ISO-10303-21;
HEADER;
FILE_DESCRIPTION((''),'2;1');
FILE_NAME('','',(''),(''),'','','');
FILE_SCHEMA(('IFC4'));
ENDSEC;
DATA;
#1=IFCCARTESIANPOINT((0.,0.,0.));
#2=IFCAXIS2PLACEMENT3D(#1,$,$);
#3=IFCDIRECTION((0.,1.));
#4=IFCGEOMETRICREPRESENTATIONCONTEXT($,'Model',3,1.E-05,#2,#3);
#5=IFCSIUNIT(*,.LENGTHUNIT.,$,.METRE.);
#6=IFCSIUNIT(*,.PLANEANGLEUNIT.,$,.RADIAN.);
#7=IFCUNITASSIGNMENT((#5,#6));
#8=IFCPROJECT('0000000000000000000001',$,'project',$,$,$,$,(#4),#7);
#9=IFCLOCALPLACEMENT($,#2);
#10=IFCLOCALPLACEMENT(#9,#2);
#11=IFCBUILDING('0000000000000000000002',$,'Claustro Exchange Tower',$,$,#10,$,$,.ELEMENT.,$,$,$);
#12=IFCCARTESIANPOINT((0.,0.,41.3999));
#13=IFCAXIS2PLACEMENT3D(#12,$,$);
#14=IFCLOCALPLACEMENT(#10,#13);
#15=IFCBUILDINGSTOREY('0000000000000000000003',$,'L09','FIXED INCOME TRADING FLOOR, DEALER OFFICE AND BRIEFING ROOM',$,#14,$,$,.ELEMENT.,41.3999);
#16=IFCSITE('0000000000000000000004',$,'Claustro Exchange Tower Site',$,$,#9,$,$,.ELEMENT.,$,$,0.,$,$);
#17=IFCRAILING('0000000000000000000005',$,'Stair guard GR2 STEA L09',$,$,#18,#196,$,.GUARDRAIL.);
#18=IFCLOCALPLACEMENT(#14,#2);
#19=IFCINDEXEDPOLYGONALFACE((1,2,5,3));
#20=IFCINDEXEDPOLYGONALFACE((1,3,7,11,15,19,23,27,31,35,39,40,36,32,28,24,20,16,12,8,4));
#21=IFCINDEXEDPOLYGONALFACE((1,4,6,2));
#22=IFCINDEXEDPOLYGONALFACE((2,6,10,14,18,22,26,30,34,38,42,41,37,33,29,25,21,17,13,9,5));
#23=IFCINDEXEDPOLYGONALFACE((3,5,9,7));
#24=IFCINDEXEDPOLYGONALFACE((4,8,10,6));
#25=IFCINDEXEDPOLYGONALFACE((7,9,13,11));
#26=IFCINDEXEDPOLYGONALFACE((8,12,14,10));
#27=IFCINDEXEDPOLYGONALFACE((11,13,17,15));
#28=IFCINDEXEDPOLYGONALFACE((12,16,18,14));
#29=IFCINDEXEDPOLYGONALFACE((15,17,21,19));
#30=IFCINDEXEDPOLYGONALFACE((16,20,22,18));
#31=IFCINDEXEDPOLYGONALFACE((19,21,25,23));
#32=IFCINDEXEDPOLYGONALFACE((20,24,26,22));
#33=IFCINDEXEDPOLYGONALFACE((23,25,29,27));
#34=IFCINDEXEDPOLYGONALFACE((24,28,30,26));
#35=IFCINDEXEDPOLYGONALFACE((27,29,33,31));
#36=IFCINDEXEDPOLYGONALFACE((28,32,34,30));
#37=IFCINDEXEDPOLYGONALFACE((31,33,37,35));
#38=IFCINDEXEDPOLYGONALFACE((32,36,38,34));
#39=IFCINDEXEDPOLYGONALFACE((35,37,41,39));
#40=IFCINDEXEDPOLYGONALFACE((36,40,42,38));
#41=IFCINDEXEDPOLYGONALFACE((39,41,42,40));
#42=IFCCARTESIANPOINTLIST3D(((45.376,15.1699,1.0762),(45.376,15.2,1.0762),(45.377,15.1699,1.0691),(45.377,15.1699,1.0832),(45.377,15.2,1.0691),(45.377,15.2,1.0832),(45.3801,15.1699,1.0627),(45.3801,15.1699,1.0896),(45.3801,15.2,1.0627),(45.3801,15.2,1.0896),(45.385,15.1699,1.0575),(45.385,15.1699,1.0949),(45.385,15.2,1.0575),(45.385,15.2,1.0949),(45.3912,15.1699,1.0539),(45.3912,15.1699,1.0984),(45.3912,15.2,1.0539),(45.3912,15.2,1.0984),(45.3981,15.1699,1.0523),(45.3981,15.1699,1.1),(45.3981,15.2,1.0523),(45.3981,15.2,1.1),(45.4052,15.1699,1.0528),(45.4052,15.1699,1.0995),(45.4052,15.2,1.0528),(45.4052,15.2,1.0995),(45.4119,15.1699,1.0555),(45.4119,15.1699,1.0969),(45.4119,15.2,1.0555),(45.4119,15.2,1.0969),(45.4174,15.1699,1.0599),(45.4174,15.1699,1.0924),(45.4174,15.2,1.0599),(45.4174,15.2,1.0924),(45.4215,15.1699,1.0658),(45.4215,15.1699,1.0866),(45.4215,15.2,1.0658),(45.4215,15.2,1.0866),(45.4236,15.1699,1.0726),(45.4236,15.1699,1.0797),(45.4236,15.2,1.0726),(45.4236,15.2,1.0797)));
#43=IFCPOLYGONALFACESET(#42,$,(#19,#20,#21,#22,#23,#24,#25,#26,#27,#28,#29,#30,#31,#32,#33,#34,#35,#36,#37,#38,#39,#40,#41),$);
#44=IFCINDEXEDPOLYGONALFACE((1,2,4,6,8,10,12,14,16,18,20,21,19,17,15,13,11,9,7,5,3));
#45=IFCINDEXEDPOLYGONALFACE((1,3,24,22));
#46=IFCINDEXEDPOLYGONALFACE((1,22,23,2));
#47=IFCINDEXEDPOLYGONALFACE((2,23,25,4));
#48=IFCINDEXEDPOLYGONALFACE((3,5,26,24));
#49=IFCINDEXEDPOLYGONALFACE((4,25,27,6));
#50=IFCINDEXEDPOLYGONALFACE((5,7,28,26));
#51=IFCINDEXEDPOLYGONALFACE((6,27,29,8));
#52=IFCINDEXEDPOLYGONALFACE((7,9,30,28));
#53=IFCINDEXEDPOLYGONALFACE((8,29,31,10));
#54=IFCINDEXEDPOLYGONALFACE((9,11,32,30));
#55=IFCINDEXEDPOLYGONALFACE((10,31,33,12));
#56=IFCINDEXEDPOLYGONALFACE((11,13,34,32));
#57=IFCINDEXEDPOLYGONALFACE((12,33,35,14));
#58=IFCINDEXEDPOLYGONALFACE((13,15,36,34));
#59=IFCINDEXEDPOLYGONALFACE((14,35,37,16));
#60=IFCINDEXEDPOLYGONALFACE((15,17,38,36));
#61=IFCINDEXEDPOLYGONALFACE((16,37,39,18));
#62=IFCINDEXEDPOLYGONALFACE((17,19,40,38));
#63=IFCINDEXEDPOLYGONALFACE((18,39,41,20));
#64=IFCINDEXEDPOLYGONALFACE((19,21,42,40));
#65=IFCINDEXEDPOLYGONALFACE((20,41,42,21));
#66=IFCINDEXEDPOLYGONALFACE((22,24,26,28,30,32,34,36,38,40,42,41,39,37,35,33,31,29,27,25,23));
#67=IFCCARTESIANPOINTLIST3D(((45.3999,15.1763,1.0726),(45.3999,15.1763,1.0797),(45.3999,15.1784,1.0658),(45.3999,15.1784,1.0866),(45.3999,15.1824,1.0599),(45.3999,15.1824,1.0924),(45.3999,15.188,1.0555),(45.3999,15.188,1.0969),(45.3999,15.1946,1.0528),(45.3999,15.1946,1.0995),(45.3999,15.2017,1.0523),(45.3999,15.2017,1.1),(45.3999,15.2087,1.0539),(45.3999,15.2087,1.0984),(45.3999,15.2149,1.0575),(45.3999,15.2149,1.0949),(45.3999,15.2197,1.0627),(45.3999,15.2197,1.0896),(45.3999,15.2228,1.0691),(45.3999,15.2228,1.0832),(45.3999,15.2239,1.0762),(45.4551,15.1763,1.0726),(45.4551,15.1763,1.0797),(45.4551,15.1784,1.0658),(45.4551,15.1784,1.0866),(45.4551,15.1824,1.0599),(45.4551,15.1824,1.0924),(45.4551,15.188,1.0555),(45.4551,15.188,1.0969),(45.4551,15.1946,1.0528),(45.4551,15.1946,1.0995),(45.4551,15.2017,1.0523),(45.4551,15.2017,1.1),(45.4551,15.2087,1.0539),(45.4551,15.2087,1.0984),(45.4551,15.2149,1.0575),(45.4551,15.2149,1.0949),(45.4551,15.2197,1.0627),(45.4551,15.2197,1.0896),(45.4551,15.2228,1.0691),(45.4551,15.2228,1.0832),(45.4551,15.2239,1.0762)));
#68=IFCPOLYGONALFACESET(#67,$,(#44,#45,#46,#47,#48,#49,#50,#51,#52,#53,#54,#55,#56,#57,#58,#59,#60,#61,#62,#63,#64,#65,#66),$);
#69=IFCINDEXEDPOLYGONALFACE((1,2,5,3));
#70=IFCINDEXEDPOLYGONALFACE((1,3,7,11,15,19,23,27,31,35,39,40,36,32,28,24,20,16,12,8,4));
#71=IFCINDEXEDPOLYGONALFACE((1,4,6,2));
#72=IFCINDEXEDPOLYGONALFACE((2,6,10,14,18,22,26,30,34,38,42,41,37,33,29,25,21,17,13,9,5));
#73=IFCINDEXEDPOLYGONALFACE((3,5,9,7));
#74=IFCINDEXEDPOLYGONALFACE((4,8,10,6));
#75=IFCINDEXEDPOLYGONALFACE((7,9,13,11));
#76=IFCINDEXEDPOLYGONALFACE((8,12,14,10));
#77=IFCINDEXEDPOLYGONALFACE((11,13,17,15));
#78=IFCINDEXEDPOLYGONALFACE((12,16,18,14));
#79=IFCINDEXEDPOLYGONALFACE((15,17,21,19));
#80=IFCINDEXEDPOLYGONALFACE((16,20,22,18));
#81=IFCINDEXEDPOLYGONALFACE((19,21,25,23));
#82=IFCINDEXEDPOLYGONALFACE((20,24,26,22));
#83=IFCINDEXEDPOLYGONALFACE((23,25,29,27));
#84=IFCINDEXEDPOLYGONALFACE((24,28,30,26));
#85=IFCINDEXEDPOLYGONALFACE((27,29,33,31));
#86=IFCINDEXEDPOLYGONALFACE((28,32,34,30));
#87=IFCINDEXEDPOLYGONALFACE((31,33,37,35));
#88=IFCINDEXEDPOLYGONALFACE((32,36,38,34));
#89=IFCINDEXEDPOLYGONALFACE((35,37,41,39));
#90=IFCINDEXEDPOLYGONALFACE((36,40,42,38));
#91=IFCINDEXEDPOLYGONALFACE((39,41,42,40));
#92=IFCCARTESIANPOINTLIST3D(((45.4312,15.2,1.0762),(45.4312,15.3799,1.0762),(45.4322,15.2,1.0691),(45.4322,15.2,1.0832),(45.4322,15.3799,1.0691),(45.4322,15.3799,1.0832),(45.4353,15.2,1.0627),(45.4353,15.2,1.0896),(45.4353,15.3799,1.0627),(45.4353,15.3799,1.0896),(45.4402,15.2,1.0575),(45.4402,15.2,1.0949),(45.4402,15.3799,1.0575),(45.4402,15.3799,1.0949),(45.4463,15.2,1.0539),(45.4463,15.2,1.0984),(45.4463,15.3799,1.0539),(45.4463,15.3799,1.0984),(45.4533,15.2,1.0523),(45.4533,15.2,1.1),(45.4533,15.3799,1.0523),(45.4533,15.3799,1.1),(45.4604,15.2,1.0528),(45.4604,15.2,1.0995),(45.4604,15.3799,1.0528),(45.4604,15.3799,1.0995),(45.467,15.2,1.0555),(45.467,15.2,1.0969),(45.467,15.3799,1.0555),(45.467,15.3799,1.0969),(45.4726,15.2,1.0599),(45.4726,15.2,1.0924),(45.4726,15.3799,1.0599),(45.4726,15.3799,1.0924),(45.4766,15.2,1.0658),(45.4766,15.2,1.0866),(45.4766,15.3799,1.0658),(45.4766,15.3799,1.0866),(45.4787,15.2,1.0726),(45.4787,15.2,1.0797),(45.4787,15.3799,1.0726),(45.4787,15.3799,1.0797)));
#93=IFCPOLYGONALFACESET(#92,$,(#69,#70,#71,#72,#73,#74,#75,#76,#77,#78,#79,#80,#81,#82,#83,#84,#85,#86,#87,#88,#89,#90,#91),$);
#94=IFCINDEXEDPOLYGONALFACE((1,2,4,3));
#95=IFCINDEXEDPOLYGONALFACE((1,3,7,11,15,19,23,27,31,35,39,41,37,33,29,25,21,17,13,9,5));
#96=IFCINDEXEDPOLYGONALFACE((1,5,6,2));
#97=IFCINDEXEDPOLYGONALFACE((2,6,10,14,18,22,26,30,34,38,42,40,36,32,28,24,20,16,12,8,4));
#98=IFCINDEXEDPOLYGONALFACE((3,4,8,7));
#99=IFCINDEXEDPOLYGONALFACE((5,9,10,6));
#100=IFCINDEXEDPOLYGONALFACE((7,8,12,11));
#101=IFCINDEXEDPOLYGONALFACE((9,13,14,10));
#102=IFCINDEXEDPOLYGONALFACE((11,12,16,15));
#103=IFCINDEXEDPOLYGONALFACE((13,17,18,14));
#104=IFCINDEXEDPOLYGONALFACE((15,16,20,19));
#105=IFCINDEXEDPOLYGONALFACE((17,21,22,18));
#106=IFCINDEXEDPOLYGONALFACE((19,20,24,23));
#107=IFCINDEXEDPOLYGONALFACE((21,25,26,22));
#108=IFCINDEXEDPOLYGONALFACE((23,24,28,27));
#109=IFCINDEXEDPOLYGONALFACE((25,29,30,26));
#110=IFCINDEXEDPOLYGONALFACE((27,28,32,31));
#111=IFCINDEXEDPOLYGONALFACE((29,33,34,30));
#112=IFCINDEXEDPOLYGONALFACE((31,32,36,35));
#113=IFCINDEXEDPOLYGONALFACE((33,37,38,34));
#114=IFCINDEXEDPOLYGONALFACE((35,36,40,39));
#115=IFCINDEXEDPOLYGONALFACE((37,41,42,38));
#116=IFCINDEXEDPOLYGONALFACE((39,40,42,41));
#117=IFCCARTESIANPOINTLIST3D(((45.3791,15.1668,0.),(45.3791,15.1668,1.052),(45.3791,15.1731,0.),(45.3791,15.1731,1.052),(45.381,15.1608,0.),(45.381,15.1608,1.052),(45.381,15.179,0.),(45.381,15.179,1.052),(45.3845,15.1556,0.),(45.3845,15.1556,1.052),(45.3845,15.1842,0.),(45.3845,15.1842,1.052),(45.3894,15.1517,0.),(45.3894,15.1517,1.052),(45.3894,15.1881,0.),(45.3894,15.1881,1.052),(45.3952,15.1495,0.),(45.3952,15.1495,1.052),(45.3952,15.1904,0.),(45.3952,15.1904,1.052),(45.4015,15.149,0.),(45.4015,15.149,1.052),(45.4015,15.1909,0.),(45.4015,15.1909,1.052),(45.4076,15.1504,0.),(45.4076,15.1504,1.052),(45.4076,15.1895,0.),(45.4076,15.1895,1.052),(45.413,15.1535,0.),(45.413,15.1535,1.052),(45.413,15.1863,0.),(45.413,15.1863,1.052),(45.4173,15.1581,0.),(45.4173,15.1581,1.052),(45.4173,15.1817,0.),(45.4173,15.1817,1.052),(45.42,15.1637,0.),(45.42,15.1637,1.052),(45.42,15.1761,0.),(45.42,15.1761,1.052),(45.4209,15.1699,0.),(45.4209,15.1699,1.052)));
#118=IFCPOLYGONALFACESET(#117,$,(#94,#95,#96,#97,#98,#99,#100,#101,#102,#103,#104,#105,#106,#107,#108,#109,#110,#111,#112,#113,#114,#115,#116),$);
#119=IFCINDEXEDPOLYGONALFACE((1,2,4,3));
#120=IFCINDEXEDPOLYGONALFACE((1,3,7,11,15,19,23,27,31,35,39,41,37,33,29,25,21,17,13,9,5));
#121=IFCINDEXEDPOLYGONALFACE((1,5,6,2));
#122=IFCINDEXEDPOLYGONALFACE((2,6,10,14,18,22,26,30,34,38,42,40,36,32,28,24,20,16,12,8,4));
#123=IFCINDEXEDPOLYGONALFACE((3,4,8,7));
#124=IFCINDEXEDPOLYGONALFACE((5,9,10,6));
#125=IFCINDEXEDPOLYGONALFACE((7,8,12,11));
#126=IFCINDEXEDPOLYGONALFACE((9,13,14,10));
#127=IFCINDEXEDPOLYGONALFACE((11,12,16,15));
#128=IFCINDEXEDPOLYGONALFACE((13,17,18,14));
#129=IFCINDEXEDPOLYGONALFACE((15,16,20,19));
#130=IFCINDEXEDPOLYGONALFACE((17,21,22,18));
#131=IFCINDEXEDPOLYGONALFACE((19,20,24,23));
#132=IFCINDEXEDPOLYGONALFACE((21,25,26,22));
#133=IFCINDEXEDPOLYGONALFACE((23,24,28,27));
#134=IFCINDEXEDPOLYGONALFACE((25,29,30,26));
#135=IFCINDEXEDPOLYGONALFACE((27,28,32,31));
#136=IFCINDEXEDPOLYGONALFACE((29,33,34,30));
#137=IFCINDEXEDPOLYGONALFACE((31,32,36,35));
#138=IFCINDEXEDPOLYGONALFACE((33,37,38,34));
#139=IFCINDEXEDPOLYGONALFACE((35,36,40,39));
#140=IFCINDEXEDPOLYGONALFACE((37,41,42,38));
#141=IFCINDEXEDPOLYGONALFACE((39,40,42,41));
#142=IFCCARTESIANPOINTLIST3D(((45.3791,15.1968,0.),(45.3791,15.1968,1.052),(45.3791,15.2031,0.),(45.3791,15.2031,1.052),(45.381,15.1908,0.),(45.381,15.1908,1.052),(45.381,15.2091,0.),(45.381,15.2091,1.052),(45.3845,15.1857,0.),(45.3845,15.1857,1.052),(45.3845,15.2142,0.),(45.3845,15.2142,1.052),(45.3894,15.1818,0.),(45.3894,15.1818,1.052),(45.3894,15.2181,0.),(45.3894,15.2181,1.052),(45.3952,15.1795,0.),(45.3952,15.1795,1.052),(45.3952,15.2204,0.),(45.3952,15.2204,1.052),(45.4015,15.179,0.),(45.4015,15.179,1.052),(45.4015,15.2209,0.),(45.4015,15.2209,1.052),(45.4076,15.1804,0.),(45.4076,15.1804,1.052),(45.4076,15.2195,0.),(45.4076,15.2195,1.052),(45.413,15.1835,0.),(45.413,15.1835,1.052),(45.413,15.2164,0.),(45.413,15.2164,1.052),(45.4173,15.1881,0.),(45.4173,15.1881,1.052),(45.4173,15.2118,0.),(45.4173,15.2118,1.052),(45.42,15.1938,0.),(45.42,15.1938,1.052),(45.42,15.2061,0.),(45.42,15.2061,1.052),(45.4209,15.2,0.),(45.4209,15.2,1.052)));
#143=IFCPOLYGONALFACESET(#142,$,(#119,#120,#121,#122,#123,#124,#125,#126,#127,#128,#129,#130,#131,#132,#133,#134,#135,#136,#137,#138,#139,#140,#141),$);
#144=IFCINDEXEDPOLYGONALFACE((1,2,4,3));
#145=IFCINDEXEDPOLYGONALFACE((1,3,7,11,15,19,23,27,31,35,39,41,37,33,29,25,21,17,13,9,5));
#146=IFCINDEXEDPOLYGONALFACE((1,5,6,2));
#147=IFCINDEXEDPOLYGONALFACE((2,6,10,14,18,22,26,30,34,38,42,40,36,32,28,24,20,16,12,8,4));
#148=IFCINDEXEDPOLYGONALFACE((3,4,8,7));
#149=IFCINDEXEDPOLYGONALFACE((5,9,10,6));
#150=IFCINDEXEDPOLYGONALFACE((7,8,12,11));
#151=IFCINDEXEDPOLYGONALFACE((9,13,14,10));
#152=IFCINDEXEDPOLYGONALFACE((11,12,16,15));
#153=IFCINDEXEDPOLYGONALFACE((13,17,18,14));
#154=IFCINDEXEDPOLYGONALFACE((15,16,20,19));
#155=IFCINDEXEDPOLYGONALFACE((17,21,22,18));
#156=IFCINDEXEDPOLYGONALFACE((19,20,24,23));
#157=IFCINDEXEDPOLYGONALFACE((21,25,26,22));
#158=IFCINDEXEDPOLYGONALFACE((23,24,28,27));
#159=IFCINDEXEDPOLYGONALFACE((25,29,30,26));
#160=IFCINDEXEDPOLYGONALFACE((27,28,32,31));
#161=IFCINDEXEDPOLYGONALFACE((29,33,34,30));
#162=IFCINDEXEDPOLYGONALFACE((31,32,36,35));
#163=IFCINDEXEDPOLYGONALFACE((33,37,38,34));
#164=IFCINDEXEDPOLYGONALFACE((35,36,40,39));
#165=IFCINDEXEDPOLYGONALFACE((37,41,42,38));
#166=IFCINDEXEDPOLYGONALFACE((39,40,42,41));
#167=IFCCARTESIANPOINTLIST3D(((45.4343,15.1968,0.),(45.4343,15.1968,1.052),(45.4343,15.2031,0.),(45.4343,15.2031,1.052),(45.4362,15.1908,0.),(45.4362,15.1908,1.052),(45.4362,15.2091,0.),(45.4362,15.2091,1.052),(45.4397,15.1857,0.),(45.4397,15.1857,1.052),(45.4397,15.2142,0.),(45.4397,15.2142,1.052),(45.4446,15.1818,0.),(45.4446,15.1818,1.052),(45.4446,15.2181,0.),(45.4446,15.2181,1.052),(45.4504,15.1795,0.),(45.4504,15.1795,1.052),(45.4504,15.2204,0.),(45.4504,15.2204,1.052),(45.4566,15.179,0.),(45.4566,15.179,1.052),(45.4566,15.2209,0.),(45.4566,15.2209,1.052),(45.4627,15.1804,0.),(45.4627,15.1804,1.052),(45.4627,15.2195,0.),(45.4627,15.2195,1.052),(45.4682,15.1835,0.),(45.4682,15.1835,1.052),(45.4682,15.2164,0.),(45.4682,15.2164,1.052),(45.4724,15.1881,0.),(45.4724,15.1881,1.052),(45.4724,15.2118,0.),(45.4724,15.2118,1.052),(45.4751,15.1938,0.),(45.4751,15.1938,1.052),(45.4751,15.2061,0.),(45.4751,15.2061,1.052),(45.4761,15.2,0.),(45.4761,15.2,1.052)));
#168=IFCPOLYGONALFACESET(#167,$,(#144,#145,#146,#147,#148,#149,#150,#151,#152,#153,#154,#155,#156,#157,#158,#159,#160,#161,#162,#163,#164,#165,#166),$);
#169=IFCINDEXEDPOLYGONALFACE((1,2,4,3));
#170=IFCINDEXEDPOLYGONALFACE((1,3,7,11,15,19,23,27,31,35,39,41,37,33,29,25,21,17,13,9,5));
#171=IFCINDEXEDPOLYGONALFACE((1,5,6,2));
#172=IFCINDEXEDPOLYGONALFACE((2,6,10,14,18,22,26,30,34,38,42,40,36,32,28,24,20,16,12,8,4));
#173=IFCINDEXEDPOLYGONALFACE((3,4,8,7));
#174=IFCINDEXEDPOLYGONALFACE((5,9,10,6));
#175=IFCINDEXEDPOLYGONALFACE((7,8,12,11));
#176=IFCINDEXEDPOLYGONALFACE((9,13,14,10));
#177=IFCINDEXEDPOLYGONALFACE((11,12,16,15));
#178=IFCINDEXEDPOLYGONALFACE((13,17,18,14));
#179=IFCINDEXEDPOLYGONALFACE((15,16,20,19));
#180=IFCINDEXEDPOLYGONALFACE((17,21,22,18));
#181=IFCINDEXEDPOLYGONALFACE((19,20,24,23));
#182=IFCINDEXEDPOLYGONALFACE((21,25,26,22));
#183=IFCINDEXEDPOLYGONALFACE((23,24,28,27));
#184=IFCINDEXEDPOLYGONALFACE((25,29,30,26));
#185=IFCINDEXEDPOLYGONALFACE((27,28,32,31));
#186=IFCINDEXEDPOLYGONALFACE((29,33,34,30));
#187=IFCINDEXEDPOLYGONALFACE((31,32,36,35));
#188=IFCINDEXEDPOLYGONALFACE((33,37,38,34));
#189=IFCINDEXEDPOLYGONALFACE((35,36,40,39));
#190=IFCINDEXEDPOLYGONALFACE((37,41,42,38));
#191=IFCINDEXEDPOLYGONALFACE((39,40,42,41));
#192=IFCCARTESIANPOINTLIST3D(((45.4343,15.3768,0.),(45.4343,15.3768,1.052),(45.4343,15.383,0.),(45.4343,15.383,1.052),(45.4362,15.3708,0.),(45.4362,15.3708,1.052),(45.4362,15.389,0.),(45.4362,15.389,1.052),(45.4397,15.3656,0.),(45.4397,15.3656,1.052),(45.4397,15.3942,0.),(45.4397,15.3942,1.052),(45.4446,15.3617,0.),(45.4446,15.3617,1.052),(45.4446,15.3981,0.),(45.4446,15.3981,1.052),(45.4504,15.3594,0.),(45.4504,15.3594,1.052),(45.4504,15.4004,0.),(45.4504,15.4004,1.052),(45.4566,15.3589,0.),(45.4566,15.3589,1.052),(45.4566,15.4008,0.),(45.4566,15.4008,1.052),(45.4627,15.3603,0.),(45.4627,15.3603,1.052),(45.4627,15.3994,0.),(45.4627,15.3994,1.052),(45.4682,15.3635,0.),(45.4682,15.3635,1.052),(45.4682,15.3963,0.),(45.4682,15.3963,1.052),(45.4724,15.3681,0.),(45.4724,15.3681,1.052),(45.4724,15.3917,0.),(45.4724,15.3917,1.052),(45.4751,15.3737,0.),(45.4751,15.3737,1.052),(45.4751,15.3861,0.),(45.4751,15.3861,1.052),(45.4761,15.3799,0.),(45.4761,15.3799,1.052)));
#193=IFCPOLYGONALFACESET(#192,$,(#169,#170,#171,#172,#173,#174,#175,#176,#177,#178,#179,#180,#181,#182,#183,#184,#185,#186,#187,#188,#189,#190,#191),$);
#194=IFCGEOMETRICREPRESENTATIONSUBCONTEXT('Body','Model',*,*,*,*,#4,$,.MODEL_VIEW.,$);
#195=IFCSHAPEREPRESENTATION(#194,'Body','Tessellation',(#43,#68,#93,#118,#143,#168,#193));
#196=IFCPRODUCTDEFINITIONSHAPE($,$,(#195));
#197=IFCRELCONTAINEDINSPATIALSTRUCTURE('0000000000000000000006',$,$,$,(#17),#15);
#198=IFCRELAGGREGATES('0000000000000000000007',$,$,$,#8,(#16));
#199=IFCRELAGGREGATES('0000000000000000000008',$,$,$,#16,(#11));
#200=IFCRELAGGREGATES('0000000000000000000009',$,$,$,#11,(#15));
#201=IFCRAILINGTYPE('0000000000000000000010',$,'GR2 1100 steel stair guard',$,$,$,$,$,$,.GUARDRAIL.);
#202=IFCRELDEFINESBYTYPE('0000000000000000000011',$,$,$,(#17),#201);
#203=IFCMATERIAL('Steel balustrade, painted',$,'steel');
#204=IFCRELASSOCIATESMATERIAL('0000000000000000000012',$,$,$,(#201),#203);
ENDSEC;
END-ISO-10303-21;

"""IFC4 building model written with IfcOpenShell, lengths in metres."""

from ifc_helpers import new_model, si_unit, direction, frame, origin, origin_2d, place, context, subcontext, project, spatial, circle, extrude, material, type_object, element, save


model = new_model("IFC4")

# Units and contexts
model_context = context("Model", 3, precision=1e-05, world=origin(), true_north=direction((0.0, 1.0)))
body_context = subcontext(model_context, "Body", "Model", "MODEL_VIEW")
ifc_project = project(units=[si_unit("LENGTHUNIT", "METRE"), si_unit("PLANEANGLEUNIT", "RADIAN")], contexts=[model_context])

# Site, building, storey
site_placement = place(None, origin())
site = spatial("IfcSite", under=ifc_project, at=site_placement, Name="Claustro Exchange Tower Site", CompositionType="ELEMENT", RefElevation=0.0)
building_placement = place(site_placement, origin())
building = spatial("IfcBuilding", under=site, at=building_placement, Name="Claustro Exchange Tower", CompositionType="ELEMENT")
storey_placement = place(building_placement, frame((0.0, 0.0, 41.3999)))
storey = spatial("IfcBuildingStorey", under=building, at=storey_placement, Name="L09", Description="FIXED INCOME TRADING FLOOR, DEALER OFFICE AND BRIEFING ROOM", CompositionType="ELEMENT", Elevation=41.3999)

# Railing
ifc_material_1 = material(Name="Steel balustrade, painted", Category="steel")
railing_type_1 = type_object("IfcRailingType", Name="GR2 1100 steel stair guard", PredefinedType="GUARDRAIL", material=ifc_material_1)
railing_1_placement = place(storey_placement, frame((45.3999, 15.1699, 0.0)))
element("IfcRailing", 1, at=railing_1_placement, inside=storey, type_object=railing_type_1, Name="Stair guard GR2 STEA L09", PredefinedType="GUARDRAIL", context=body_context, shape_type="SweptSolid", body=[
    extrude(circle(Radius=0.0239, at=origin_2d()), frame((0.0, 0.0, 1.0762), z_axis=(0.0, 1.0, 0.0), x_axis=(-1.0, 0.0, 0.0)), (0.0, 0.0, 1.0), 0.03),
    extrude(circle(Radius=0.0239, at=origin_2d()), frame((0.0, 0.03, 1.0762), z_axis=(1.0, 0.0, 0.0), x_axis=(0.0, 1.0, 0.0)), (0.0, 0.0, 1.0), 0.0552),
    extrude(circle(Radius=0.0239, at=origin_2d()), frame((0.0552, 0.03, 1.0762), z_axis=(0.0, 1.0, 0.0), x_axis=(-1.0, 0.0, 0.0)), (0.0, 0.0, 1.0), 0.1799),
    extrude(circle(Radius=0.021, at=origin_2d()), origin(), (0.0, 0.0, 1.0), 1.052),
    extrude(circle(Radius=0.021, at=origin_2d()), frame((0.0, 0.03, 0.0)), (0.0, 0.0, 1.0), 1.052),
    extrude(circle(Radius=0.021, at=origin_2d()), frame((0.0552, 0.03, 0.0)), (0.0, 0.0, 1.0), 1.052),
    extrude(circle(Radius=0.021, at=origin_2d()), frame((0.0552, 0.21, 0.0)), (0.0, 0.0, 1.0), 1.052),
])

save(model, "model.ifc")
